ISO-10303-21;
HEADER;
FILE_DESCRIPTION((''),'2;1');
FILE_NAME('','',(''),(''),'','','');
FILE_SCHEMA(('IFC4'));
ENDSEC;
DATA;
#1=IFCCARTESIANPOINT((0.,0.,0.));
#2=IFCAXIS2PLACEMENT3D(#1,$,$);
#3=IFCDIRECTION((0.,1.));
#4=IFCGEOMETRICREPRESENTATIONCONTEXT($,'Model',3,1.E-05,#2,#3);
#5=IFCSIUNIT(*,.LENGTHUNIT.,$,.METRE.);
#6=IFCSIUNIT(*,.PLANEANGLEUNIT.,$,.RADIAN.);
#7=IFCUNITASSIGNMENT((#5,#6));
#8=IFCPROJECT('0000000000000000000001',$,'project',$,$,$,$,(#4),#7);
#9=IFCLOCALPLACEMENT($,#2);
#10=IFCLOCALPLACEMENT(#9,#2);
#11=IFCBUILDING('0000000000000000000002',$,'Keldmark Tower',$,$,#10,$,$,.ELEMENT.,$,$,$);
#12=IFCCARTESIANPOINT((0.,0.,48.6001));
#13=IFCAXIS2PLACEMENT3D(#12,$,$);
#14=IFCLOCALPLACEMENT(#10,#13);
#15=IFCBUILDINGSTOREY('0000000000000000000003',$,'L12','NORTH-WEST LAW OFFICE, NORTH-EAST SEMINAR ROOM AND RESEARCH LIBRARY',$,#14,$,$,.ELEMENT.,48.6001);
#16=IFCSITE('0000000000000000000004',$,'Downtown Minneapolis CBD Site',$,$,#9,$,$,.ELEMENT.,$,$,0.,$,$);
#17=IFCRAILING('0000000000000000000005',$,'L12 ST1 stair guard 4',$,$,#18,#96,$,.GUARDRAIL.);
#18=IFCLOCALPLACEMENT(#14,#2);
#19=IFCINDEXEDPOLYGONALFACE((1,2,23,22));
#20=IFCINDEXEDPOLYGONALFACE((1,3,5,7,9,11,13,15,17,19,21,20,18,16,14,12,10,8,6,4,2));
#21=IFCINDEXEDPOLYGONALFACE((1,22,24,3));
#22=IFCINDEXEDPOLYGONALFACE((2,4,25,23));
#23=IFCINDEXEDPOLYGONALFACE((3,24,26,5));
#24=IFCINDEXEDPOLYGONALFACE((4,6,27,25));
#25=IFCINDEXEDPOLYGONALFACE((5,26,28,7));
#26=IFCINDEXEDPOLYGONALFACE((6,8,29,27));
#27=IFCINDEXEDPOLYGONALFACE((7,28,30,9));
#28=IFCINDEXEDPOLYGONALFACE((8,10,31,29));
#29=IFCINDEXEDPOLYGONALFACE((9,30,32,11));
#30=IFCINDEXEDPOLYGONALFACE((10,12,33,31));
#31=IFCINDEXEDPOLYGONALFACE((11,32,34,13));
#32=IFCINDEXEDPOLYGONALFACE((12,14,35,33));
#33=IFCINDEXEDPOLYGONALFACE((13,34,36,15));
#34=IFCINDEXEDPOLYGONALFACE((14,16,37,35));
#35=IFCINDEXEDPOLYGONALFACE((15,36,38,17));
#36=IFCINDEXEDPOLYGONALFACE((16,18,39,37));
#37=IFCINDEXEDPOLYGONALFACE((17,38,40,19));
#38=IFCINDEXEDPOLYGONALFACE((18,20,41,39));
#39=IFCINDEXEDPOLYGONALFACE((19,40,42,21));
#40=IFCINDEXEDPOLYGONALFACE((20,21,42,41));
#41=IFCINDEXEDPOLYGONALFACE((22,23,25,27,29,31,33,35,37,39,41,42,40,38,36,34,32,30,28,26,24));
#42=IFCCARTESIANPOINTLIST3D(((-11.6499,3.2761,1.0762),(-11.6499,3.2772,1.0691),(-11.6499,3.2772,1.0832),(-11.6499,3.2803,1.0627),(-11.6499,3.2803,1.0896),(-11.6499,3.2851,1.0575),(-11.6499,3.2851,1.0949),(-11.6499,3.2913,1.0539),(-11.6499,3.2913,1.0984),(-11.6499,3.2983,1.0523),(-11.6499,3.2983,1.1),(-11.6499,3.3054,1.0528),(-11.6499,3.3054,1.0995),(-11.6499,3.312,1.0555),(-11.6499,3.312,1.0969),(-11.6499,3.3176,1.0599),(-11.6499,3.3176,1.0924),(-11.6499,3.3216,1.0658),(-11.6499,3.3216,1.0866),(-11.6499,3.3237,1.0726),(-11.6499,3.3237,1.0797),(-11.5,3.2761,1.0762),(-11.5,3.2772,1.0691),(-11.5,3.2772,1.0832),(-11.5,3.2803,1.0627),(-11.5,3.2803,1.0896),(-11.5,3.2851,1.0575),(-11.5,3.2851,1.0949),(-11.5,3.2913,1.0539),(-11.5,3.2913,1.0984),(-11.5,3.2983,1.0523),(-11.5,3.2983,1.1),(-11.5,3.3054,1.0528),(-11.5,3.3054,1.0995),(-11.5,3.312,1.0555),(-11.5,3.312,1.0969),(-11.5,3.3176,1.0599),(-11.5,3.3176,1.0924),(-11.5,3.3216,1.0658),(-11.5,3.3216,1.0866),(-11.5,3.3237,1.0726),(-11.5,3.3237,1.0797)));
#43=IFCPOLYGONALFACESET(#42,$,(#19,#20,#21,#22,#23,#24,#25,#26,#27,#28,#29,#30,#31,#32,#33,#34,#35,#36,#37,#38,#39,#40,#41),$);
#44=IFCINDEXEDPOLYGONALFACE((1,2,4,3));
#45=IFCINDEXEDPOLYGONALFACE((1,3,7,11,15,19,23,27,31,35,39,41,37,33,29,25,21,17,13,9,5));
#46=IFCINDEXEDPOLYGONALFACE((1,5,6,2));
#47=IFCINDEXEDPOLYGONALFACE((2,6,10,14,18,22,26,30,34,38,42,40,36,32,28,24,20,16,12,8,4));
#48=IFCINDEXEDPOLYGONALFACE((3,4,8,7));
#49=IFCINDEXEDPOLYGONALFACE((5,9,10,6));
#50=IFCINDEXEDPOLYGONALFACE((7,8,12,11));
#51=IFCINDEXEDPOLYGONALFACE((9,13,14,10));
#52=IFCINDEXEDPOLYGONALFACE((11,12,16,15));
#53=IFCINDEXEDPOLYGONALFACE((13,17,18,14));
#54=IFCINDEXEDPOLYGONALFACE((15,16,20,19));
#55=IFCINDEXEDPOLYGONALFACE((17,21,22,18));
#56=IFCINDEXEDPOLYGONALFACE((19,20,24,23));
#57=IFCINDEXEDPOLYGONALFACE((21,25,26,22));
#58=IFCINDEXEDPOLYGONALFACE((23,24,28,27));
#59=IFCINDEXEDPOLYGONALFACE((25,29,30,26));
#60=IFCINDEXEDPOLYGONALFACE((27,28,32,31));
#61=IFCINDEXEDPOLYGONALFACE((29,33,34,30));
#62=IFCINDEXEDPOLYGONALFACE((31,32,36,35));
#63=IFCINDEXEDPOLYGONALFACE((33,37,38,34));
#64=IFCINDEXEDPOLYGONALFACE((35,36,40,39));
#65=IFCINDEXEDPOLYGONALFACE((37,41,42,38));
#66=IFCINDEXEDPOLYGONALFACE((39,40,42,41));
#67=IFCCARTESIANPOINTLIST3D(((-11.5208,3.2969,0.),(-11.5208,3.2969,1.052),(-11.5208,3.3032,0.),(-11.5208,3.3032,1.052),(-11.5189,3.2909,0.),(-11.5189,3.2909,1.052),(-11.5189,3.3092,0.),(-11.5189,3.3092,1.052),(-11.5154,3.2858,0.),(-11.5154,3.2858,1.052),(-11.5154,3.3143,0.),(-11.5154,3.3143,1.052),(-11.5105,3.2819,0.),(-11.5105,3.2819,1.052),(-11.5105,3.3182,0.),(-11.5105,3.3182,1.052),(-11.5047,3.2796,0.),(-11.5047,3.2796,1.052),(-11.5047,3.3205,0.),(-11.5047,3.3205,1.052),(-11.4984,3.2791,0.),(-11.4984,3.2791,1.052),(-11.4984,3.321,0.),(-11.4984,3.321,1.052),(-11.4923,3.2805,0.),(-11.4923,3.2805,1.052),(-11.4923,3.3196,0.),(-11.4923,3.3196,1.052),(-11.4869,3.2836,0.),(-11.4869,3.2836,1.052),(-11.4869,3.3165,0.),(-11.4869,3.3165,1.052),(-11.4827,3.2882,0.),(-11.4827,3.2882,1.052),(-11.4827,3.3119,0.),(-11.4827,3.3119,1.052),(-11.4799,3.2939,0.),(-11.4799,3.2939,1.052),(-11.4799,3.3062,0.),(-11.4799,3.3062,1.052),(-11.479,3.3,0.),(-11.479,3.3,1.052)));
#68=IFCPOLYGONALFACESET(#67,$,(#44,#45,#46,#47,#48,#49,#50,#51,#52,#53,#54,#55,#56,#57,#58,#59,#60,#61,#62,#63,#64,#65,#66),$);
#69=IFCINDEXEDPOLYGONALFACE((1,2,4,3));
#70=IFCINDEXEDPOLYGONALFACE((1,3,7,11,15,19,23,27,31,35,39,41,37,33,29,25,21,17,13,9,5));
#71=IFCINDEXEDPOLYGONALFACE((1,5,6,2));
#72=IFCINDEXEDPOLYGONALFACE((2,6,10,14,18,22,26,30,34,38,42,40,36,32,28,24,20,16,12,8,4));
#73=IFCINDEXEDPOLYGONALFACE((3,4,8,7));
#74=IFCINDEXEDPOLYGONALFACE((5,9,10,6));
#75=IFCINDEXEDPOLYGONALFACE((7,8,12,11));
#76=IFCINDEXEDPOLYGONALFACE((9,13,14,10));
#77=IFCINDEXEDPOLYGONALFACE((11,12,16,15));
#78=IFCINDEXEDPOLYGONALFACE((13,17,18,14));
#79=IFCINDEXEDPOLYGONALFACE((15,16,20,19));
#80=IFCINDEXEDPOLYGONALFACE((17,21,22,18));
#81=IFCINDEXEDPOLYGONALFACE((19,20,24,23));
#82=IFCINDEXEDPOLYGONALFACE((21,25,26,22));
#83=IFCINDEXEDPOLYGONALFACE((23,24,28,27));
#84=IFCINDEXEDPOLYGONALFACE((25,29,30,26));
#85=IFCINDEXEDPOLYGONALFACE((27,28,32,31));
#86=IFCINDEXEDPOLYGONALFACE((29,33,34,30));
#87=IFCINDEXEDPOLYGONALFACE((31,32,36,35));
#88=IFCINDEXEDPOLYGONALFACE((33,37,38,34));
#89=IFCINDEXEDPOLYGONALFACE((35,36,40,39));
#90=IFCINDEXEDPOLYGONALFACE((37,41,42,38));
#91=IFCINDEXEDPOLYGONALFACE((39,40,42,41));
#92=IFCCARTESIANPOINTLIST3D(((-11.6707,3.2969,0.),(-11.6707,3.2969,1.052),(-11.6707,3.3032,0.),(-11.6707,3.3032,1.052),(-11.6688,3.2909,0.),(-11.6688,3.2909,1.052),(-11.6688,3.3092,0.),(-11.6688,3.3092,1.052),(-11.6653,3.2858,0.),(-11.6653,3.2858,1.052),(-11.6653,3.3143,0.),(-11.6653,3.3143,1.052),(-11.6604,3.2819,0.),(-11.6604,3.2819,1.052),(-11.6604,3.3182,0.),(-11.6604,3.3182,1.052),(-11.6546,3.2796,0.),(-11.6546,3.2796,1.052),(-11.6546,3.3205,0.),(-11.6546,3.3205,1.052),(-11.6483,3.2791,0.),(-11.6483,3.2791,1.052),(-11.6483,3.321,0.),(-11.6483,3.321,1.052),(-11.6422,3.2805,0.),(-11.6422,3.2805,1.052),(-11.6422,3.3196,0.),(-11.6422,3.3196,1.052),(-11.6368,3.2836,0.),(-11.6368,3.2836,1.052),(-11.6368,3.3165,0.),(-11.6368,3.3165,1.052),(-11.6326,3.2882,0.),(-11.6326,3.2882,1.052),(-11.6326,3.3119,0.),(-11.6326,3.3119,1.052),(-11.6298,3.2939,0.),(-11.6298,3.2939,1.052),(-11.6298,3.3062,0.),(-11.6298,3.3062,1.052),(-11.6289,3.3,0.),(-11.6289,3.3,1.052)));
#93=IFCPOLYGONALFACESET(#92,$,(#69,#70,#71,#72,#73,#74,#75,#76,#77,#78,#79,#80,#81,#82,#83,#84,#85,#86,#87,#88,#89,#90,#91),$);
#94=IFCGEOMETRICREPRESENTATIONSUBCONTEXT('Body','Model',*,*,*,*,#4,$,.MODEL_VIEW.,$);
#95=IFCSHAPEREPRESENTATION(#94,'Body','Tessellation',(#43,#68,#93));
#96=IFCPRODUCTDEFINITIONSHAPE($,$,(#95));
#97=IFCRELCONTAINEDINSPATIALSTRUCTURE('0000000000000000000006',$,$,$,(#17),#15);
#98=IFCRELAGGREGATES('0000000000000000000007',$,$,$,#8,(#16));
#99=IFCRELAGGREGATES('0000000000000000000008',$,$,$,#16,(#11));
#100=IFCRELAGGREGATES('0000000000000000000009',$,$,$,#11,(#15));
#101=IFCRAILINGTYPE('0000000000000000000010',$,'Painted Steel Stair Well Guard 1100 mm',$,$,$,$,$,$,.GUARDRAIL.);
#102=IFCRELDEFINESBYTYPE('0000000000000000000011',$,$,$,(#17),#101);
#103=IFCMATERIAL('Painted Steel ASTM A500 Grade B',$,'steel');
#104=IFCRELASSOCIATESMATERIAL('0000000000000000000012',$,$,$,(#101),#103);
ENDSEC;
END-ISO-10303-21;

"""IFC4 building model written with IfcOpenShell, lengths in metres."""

from ifc_helpers import new_model, si_unit, direction, frame, origin, origin_2d, place, context, subcontext, project, spatial, circle, extrude, material, type_object, element, save


model = new_model("IFC4")

# Units and contexts
model_context = context("Model", 3, precision=1e-05, world=origin(), true_north=direction((0.0, 1.0)))
body_context = subcontext(model_context, "Body", "Model", "MODEL_VIEW")
ifc_project = project(units=[si_unit("LENGTHUNIT", "METRE"), si_unit("PLANEANGLEUNIT", "RADIAN")], contexts=[model_context])

# Site, building, storey
site_placement = place(None, origin())
site = spatial("IfcSite", under=ifc_project, at=site_placement, Name="Downtown Minneapolis CBD Site", CompositionType="ELEMENT", RefElevation=0.0)
building_placement = place(site_placement, origin())
building = spatial("IfcBuilding", under=site, at=building_placement, Name="Keldmark Tower", CompositionType="ELEMENT")
storey_placement = place(building_placement, frame((0.0, 0.0, 48.6001)))
storey = spatial("IfcBuildingStorey", under=building, at=storey_placement, Name="L12", Description="NORTH-WEST LAW OFFICE, NORTH-EAST SEMINAR ROOM AND RESEARCH LIBRARY", CompositionType="ELEMENT", Elevation=48.6001)

# Railing
ifc_material_1 = material(Name="Painted Steel ASTM A500 Grade B", Category="steel")
railing_type_1 = type_object("IfcRailingType", Name="Painted Steel Stair Well Guard 1100 mm", PredefinedType="GUARDRAIL", material=ifc_material_1)
railing_1_placement = place(storey_placement, frame((-11.5, 3.3, 0.0)))
element("IfcRailing", 1, at=railing_1_placement, inside=storey, type_object=railing_type_1, Name="L12 ST1 stair guard 4", PredefinedType="GUARDRAIL", context=body_context, shape_type="SweptSolid", body=[
    extrude(circle(Radius=0.0239, at=origin_2d()), frame((0.0, 0.0, 1.0762), z_axis=(-1.0, 0.0, 0.0), x_axis=(0.0, -1.0, 0.0)), (0.0, 0.0, 1.0), 0.1499),
    extrude(circle(Radius=0.021, at=origin_2d()), origin(), (0.0, 0.0, 1.0), 1.052),
    extrude(circle(Radius=0.021, at=origin_2d()), frame((-0.1499, 0.0, 0.0)), (0.0, 0.0, 1.0), 1.052),
])

save(model, "model.ifc")
